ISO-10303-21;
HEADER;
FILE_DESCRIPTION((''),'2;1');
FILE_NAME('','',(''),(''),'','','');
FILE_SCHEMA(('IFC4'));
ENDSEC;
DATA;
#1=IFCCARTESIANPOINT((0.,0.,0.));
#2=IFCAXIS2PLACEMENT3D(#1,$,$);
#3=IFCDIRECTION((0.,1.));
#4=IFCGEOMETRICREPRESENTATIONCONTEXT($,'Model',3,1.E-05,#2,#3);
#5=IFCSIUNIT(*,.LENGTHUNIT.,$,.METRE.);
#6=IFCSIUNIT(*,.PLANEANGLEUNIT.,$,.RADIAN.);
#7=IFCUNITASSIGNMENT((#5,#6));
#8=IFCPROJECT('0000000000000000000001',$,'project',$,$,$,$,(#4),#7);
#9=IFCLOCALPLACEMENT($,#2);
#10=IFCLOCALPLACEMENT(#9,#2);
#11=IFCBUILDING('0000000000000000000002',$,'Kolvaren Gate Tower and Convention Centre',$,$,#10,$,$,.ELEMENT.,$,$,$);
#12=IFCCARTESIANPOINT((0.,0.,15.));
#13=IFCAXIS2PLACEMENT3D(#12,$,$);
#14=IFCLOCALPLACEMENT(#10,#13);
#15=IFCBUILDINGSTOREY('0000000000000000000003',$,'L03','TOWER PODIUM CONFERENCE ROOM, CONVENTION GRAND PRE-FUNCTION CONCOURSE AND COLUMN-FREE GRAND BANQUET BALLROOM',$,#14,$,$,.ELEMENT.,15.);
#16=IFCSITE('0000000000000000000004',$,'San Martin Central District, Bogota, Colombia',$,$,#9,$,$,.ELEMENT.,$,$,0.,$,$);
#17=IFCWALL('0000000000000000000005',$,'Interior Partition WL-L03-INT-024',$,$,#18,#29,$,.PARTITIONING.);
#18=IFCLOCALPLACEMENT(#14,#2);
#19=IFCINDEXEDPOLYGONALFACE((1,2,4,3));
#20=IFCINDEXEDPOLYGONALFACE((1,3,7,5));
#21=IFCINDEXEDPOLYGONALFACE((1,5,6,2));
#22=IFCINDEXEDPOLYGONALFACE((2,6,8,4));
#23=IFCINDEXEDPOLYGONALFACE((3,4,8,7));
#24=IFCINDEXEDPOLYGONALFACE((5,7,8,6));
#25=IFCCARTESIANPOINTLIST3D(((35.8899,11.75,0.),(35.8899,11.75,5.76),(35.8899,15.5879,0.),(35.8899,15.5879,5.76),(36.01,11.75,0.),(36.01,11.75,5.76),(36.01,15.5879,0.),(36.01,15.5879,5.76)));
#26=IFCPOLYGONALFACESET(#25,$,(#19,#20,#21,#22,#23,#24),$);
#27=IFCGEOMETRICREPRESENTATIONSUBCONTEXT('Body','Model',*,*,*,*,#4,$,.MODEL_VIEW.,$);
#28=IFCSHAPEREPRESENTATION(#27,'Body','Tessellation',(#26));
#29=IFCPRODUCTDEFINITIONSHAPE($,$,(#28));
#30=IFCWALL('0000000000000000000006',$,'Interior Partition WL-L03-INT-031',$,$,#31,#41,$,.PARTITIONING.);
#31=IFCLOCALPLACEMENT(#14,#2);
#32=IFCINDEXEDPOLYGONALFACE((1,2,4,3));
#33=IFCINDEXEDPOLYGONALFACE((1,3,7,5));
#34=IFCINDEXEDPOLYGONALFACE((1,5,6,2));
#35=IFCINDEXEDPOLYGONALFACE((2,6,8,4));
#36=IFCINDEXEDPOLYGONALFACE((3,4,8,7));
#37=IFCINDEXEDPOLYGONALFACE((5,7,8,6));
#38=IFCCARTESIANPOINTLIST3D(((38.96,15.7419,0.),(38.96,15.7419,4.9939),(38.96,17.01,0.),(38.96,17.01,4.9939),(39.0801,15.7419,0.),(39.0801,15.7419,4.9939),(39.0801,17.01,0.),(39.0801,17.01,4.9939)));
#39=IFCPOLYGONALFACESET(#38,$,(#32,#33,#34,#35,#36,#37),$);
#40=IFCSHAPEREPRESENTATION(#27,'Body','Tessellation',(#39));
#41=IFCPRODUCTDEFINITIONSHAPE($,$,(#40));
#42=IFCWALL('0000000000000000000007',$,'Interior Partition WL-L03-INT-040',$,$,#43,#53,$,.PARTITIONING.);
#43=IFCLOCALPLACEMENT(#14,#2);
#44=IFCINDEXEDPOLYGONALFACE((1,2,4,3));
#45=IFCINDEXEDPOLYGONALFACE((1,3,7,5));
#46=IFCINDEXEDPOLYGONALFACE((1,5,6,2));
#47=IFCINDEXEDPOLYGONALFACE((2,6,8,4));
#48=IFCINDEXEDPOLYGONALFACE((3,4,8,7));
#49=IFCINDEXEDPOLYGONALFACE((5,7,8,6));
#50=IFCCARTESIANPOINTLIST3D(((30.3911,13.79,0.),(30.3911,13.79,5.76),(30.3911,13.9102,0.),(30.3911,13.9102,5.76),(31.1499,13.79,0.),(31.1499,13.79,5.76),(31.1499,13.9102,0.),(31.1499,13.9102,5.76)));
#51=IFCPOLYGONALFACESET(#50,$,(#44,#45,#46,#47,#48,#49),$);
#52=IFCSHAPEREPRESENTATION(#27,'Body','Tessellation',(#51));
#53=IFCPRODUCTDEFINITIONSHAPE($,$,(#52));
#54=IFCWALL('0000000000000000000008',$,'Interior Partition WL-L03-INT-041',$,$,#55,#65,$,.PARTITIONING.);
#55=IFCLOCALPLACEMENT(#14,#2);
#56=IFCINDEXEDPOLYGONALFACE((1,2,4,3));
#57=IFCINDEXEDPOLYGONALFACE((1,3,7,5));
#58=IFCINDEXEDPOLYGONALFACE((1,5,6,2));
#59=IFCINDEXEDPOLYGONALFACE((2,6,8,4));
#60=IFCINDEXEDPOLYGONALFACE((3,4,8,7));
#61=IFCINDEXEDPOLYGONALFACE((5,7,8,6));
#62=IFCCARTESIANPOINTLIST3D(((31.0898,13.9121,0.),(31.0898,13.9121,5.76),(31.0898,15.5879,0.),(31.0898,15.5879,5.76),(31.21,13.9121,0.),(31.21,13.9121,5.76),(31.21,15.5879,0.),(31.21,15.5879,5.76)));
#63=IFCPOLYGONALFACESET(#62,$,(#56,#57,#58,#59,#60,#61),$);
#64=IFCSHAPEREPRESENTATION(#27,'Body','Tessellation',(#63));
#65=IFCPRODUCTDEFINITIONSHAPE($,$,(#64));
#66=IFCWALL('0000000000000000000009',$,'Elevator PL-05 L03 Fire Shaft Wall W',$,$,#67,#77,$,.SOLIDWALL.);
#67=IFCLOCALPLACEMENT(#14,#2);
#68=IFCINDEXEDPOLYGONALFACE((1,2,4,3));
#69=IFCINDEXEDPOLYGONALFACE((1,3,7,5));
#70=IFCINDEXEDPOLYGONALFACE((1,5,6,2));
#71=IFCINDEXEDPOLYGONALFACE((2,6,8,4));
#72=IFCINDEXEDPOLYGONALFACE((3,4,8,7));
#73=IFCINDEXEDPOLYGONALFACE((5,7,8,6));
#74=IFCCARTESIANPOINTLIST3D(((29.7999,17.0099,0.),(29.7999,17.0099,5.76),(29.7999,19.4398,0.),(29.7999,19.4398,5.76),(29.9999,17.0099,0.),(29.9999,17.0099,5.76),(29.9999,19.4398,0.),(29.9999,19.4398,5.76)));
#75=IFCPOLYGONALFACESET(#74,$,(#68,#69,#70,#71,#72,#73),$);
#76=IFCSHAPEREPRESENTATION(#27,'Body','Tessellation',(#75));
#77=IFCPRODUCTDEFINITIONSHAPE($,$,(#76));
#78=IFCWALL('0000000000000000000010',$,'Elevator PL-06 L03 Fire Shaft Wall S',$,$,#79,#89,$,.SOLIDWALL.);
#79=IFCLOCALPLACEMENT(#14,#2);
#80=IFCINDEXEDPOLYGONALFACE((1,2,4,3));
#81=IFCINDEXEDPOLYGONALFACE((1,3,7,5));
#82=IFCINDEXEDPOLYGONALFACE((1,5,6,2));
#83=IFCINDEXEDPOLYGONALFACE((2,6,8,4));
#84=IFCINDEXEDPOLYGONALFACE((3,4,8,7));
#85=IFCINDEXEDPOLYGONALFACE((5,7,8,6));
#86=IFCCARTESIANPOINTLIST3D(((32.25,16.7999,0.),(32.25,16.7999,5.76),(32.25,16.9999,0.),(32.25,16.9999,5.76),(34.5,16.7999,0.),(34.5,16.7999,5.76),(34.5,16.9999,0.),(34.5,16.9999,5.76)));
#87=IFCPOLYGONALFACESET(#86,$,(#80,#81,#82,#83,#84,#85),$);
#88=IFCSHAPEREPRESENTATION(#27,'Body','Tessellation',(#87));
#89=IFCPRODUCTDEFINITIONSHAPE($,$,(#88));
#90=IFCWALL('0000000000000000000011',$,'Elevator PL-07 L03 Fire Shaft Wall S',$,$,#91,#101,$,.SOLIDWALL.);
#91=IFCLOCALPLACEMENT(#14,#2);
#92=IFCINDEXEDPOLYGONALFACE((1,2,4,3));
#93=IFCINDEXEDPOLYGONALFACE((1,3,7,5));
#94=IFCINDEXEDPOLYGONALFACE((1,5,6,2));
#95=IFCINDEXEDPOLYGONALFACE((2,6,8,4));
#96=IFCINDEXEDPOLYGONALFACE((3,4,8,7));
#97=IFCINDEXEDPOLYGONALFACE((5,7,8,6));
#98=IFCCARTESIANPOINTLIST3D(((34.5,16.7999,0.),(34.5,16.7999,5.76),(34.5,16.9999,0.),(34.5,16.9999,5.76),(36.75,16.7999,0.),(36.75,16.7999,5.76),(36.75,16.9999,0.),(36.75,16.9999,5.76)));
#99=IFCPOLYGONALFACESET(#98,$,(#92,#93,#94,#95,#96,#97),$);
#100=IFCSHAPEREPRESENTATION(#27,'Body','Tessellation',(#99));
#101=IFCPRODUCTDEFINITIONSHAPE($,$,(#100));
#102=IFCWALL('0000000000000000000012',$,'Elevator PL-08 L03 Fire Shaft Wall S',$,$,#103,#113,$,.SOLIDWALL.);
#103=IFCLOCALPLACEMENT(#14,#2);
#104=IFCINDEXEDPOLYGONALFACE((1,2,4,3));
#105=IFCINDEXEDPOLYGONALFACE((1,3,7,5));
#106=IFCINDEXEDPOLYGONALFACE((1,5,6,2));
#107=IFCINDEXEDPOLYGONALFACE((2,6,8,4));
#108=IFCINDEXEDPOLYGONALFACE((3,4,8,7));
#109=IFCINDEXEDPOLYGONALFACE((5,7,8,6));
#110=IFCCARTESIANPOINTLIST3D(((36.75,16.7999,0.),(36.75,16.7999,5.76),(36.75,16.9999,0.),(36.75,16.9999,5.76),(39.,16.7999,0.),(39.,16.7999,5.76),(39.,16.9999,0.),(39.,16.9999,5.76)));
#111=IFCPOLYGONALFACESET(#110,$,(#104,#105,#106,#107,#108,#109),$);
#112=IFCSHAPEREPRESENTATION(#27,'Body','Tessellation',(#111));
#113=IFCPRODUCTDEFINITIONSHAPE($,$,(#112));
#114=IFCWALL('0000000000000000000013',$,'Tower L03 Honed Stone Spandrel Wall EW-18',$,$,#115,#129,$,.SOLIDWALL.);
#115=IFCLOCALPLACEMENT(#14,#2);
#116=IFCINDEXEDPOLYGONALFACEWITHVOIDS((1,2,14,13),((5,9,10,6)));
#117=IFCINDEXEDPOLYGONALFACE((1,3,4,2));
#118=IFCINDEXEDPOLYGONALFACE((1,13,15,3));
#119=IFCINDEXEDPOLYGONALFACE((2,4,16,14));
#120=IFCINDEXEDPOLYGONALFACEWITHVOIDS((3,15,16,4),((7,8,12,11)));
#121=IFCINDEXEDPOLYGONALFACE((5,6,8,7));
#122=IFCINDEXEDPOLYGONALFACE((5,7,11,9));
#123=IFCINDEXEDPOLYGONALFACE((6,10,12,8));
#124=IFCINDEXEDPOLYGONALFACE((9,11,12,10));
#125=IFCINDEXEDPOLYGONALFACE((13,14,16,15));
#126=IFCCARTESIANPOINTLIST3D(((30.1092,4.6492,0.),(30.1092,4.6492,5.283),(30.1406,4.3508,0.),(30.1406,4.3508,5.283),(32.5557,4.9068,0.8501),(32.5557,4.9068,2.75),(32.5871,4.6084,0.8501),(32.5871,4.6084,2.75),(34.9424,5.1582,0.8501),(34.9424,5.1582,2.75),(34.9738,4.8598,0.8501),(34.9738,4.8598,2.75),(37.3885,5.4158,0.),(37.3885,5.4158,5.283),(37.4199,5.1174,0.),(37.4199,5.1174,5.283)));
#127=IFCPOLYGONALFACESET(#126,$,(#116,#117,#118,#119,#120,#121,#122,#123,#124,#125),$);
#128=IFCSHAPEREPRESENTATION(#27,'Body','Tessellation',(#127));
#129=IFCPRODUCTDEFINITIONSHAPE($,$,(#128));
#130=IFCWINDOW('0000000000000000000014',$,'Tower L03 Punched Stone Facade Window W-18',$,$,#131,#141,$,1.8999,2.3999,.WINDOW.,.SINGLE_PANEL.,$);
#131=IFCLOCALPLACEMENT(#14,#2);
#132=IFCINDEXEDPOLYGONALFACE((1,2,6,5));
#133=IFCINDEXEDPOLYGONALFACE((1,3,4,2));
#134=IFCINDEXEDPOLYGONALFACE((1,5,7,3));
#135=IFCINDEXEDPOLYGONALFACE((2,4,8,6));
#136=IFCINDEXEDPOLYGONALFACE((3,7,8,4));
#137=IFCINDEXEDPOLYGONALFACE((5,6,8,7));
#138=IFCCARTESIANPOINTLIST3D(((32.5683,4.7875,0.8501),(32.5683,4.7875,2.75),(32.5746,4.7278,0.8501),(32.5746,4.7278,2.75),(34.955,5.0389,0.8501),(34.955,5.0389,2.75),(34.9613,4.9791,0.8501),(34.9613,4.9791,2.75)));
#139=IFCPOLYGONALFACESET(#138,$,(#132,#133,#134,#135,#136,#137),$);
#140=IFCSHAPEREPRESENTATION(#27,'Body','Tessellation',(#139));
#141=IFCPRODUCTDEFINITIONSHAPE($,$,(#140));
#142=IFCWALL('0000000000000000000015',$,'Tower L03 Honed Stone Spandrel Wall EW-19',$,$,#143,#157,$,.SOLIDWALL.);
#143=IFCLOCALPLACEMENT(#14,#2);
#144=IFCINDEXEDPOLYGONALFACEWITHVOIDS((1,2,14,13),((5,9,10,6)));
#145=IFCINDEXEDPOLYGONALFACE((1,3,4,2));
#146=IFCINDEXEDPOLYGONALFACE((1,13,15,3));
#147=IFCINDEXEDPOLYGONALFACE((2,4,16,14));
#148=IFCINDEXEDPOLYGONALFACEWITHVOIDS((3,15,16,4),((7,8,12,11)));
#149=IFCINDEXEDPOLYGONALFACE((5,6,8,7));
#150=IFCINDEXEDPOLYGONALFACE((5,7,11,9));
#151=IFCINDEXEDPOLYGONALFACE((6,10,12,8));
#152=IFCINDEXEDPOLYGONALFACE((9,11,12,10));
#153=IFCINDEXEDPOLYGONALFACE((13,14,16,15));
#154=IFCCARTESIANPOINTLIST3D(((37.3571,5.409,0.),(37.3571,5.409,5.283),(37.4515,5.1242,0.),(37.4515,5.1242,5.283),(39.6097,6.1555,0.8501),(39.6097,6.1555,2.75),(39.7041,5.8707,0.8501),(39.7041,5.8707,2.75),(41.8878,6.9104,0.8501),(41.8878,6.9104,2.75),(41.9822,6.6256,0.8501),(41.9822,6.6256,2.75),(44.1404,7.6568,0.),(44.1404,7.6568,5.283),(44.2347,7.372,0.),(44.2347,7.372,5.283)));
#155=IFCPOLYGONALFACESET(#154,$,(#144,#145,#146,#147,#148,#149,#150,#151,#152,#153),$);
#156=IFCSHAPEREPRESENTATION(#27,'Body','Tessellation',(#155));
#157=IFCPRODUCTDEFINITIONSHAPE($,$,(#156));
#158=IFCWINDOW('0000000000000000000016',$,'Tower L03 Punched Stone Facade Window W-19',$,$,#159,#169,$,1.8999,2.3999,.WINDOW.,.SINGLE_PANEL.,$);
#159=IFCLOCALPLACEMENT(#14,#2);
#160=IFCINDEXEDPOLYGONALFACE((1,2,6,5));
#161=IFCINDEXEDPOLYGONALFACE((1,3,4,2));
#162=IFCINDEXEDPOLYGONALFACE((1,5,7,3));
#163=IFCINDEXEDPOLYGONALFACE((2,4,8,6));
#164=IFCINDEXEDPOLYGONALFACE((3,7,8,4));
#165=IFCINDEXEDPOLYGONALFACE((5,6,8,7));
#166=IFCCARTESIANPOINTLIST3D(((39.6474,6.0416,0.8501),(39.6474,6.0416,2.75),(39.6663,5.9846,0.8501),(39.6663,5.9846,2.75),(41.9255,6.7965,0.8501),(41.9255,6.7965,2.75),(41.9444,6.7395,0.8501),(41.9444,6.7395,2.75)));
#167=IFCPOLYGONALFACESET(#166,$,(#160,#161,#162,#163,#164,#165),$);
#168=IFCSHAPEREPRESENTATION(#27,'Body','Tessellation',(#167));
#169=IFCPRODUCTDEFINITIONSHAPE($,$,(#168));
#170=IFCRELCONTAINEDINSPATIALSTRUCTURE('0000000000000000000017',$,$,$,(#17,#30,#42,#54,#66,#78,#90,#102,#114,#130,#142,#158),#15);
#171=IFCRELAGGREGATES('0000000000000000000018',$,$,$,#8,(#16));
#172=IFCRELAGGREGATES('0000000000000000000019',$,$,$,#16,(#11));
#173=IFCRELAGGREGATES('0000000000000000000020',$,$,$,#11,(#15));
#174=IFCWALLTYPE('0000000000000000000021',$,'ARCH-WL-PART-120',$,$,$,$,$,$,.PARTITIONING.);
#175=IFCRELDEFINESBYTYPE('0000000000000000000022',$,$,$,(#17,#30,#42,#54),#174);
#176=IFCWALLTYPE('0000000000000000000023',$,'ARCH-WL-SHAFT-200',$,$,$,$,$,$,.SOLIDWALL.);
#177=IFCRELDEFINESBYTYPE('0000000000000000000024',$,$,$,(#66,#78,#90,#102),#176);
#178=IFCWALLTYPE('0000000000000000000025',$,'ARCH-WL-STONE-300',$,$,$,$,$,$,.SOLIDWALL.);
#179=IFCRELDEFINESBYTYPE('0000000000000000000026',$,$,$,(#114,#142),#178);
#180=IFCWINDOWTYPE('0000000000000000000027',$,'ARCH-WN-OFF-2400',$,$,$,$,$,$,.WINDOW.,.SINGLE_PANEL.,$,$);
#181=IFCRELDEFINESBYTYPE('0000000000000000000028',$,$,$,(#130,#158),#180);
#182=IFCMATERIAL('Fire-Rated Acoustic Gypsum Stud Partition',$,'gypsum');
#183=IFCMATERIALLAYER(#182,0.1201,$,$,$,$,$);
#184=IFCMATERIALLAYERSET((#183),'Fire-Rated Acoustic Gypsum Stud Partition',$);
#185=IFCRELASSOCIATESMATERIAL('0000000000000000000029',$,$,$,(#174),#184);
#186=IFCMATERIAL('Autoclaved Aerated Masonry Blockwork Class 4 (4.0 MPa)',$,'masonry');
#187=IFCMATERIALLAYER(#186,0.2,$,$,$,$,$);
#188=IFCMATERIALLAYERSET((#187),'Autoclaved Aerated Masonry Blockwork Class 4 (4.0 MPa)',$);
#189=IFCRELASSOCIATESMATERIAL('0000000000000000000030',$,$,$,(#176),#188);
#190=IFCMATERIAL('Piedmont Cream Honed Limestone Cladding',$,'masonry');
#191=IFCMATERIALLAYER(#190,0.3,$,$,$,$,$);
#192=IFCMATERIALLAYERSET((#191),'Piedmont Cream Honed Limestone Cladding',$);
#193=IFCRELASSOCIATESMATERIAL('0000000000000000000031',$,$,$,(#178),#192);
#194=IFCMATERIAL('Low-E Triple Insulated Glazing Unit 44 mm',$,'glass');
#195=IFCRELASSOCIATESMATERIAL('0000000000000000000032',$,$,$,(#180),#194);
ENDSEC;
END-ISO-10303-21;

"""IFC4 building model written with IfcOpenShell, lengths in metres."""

from ifc_helpers import new_model, si_unit, direction, frame, frame_2d, origin, place, context, subcontext, project, spatial, rectangle, extrude, material, layer, layer_set, type_object, element, fill, save


model = new_model("IFC4")

# Units and contexts
model_context = context("Model", 3, precision=1e-05, world=origin(), true_north=direction((0.0, 1.0)))
body_context = subcontext(model_context, "Body", "Model", "MODEL_VIEW")
ifc_project = project(units=[si_unit("LENGTHUNIT", "METRE"), si_unit("PLANEANGLEUNIT", "RADIAN")], contexts=[model_context])

# Site, building, storey
site_placement = place(None, origin())
site = spatial("IfcSite", under=ifc_project, at=site_placement, Name="San Martin Central District, Bogota, Colombia", CompositionType="ELEMENT", RefElevation=0.0)
building_placement = place(site_placement, origin())
building = spatial("IfcBuilding", under=site, at=building_placement, Name="Kolvaren Gate Tower and Convention Centre", CompositionType="ELEMENT")
storey_placement = place(building_placement, frame((0.0, 0.0, 15.0)))
storey = spatial("IfcBuildingStorey", under=building, at=storey_placement, Name="L03", Description="TOWER PODIUM CONFERENCE ROOM, CONVENTION GRAND PRE-FUNCTION CONCOURSE AND COLUMN-FREE GRAND BANQUET BALLROOM", CompositionType="ELEMENT", Elevation=15.0)

# Walls
ifc_material_1 = material(Name="Fire-Rated Acoustic Gypsum Stud Partition", Category="gypsum")
ifc_layer_1 = layer(ifc_material_1, 0.1201)
ifc_layer_set_1 = layer_set([ifc_layer_1], Name="Fire-Rated Acoustic Gypsum Stud Partition")
wall_type_1 = type_object("IfcWallType", Name="ARCH-WL-PART-120", PredefinedType="PARTITIONING", material=ifc_layer_set_1)
wall_1_placement = place(storey_placement, frame((35.95, 11.75, 0.0), z_axis=(0.0, 0.0, 1.0), x_axis=(0.0, 1.0, 0.0)))
element("IfcWall", 1, at=wall_1_placement, inside=storey, type_object=wall_type_1, Name="Interior Partition WL-L03-INT-024", PredefinedType="PARTITIONING", context=body_context, shape_type="SweptSolid", body=[
    extrude(rectangle(XDim=3.8379, YDim=0.1201, at=frame_2d((1.9189, 0.0))), origin(), (0.0, 0.0, 1.0), 5.76),
])
wall_2_placement = place(storey_placement, frame((39.02, 15.7419, 0.0), z_axis=(0.0, 0.0, 1.0), x_axis=(0.0, 1.0, 0.0)))
element("IfcWall", 2, at=wall_2_placement, inside=storey, type_object=wall_type_1, Name="Interior Partition WL-L03-INT-031", PredefinedType="PARTITIONING", context=body_context, shape_type="SweptSolid", body=[
    extrude(rectangle(XDim=1.2681, YDim=0.1201, at=frame_2d((0.634, 0.0))), origin(), (0.0, 0.0, 1.0), 4.9939),
])
wall_3_placement = place(storey_placement, frame((30.3911, 13.8501, 0.0), z_axis=(0.0, 0.0, 1.0), x_axis=(1.0, 0.0, 0.0)))
element("IfcWall", 3, at=wall_3_placement, inside=storey, type_object=wall_type_1, Name="Interior Partition WL-L03-INT-040", PredefinedType="PARTITIONING", context=body_context, shape_type="SweptSolid", body=[
    extrude(rectangle(XDim=0.7588, YDim=0.1201, at=frame_2d((0.3794, 0.0))), origin(), (0.0, 0.0, 1.0), 5.76),
])
wall_4_placement = place(storey_placement, frame((31.1499, 13.9121, 0.0), z_axis=(0.0, 0.0, 1.0), x_axis=(0.0, 1.0, 0.0)))
element("IfcWall", 4, at=wall_4_placement, inside=storey, type_object=wall_type_1, Name="Interior Partition WL-L03-INT-041", PredefinedType="PARTITIONING", context=body_context, shape_type="SweptSolid", body=[
    extrude(rectangle(XDim=1.6758, YDim=0.1201, at=frame_2d((0.8379, 0.0))), origin(), (0.0, 0.0, 1.0), 5.76),
])
ifc_material_2 = material(Name="Autoclaved Aerated Masonry Blockwork Class 4 (4.0 MPa)", Category="masonry")
ifc_layer_2 = layer(ifc_material_2, 0.2)
ifc_layer_set_2 = layer_set([ifc_layer_2], Name="Autoclaved Aerated Masonry Blockwork Class 4 (4.0 MPa)")
wall_type_2 = type_object("IfcWallType", Name="ARCH-WL-SHAFT-200", PredefinedType="SOLIDWALL", material=ifc_layer_set_2)
wall_5_placement = place(storey_placement, frame((29.8999, 17.01, 0.0), z_axis=(0.0, 0.0, 1.0), x_axis=(0.0, 1.0, 0.0)))
element("IfcWall", 5, at=wall_5_placement, inside=storey, type_object=wall_type_2, Name="Elevator PL-05 L03 Fire Shaft Wall W", PredefinedType="SOLIDWALL", context=body_context, shape_type="SweptSolid", body=[
    extrude(rectangle(XDim=2.4299, YDim=0.2, at=frame_2d((1.2148, 0.0))), origin(), (0.0, 0.0, 1.0), 5.76),
])
for number, where, z_axis, x_axis, name in (
    (6, (32.25, 16.8999, 0.0), (0.0, 0.0, 1.0), (1.0, 0.0, 0.0), "Elevator PL-06 L03 Fire Shaft Wall S"),
    (7, (34.5, 16.8999, 0.0), (0.0, 0.0, 1.0), (1.0, 0.0, 0.0), "Elevator PL-07 L03 Fire Shaft Wall S"),
    (8, (36.75, 16.8999, 0.0), (0.0, 0.0, 1.0), (1.0, 0.0, 0.0), "Elevator PL-08 L03 Fire Shaft Wall S"),
):
    element("IfcWall", number, at=place(storey_placement, frame(where, z_axis=z_axis, x_axis=x_axis)), inside=storey, type_object=wall_type_2, Name=name, PredefinedType="SOLIDWALL", context=body_context, shape_type="SweptSolid", body=[
        extrude(rectangle(XDim=2.25, YDim=0.2, at=frame_2d((1.125, 0.0))), origin(), (0.0, 0.0, 1.0), 5.76),
    ])

# Walls, openings, windows
ifc_material_3 = material(Name="Piedmont Cream Honed Limestone Cladding", Category="masonry")
ifc_layer_3 = layer(ifc_material_3, 0.3)
ifc_layer_set_3 = layer_set([ifc_layer_3], Name="Piedmont Cream Honed Limestone Cladding")
wall_type_3 = type_object("IfcWallType", Name="ARCH-WL-STONE-300", PredefinedType="SOLIDWALL", material=ifc_layer_set_3)
wall_6_placement = place(storey_placement, frame((30.125, 4.5, 0.0), z_axis=(0.0, 0.0, 1.0), x_axis=(0.9945, 0.104733, 0.0)))
wall_6 = element("IfcWall", 9, at=wall_6_placement, inside=storey, type_object=wall_type_3, Name="Tower L03 Honed Stone Spandrel Wall EW-18", PredefinedType="SOLIDWALL", context=body_context, shape_type="SweptSolid", body=[
    extrude(rectangle(XDim=7.3196, YDim=0.3, at=frame_2d((3.6597, 0.0))), origin(), (0.0, 0.0, 1.0), 5.283),
])
opening_1_placement = place(wall_6_placement, frame((2.46, 0.0, 0.8501)))
opening_1 = element("IfcOpeningElement", 10, at=opening_1_placement, cuts=wall_6, PredefinedType="OPENING", context=body_context, shape_type="SweptSolid", body=[
    extrude(rectangle(XDim=2.3999, YDim=1.8999, at=frame_2d((1.2, 0.95))), frame((0.0, 0.1599, 0.0), z_axis=(0.0, -1.0, 0.0), x_axis=(1.0, 0.0, 0.0)), (0.0, 0.0, 1.0), 0.3201),
])
ifc_material_4 = material(Name="Low-E Triple Insulated Glazing Unit 44 mm", Category="glass")
window_type = type_object("IfcWindowType", Name="ARCH-WN-OFF-2400", PartitioningType="SINGLE_PANEL", PredefinedType="WINDOW", material=ifc_material_4)
window_1_placement = place(opening_1_placement, origin())
window_1 = element("IfcWindow", 11, at=window_1_placement, inside=storey, type_object=window_type, Name="Tower L03 Punched Stone Facade Window W-18", OverallHeight=1.8999, OverallWidth=2.3999, PartitioningType="SINGLE_PANEL", PredefinedType="WINDOW", context=body_context, shape_type="SweptSolid", body=[
    extrude(rectangle(XDim=2.3999, YDim=1.8999, at=frame_2d((1.2, 0.95))), frame((0.0, 0.03, 0.0), z_axis=(0.0, -1.0, 0.0), x_axis=(1.0, 0.0, 0.0)), (0.0, 0.0, 1.0), 0.0601),
])
fill(opening_1, window_1)
wall_7_placement = place(storey_placement, frame((37.4043, 5.2666, 0.0), z_axis=(0.0, 0.0, 1.0), x_axis=(0.949239, 0.314557, 0.0)))
wall_7 = element("IfcWall", 12, at=wall_7_placement, inside=storey, type_object=wall_type_3, Name="Tower L03 Honed Stone Spandrel Wall EW-19", PredefinedType="SOLIDWALL", context=body_context, shape_type="SweptSolid", body=[
    extrude(rectangle(XDim=7.146, YDim=0.3, at=frame_2d((3.573, 0.0))), origin(), (0.0, 0.0, 1.0), 5.283),
])
opening_2_placement = place(wall_7_placement, frame((2.373, 0.0, 0.8501)))
opening_2 = element("IfcOpeningElement", 13, at=opening_2_placement, cuts=wall_7, PredefinedType="OPENING", context=body_context, shape_type="SweptSolid", body=[
    extrude(rectangle(XDim=2.3999, YDim=1.8999, at=frame_2d((1.2, 0.95))), frame((0.0, 0.1599, 0.0), z_axis=(0.0, -1.0, 0.0), x_axis=(1.0, 0.0, 0.0)), (0.0, 0.0, 1.0), 0.3201),
])
window_2_placement = place(opening_2_placement, origin())
window_2 = element("IfcWindow", 14, at=window_2_placement, inside=storey, type_object=window_type, Name="Tower L03 Punched Stone Facade Window W-19", OverallHeight=1.8999, OverallWidth=2.3999, PartitioningType="SINGLE_PANEL", PredefinedType="WINDOW", context=body_context, shape_type="SweptSolid", body=[
    extrude(rectangle(XDim=2.3999, YDim=1.8999, at=frame_2d((1.2, 0.95))), frame((0.0, 0.03, 0.0), z_axis=(0.0, -1.0, 0.0), x_axis=(1.0, 0.0, 0.0)), (0.0, 0.0, 1.0), 0.0601),
])
fill(opening_2, window_2)

save(model, "model.ifc")
